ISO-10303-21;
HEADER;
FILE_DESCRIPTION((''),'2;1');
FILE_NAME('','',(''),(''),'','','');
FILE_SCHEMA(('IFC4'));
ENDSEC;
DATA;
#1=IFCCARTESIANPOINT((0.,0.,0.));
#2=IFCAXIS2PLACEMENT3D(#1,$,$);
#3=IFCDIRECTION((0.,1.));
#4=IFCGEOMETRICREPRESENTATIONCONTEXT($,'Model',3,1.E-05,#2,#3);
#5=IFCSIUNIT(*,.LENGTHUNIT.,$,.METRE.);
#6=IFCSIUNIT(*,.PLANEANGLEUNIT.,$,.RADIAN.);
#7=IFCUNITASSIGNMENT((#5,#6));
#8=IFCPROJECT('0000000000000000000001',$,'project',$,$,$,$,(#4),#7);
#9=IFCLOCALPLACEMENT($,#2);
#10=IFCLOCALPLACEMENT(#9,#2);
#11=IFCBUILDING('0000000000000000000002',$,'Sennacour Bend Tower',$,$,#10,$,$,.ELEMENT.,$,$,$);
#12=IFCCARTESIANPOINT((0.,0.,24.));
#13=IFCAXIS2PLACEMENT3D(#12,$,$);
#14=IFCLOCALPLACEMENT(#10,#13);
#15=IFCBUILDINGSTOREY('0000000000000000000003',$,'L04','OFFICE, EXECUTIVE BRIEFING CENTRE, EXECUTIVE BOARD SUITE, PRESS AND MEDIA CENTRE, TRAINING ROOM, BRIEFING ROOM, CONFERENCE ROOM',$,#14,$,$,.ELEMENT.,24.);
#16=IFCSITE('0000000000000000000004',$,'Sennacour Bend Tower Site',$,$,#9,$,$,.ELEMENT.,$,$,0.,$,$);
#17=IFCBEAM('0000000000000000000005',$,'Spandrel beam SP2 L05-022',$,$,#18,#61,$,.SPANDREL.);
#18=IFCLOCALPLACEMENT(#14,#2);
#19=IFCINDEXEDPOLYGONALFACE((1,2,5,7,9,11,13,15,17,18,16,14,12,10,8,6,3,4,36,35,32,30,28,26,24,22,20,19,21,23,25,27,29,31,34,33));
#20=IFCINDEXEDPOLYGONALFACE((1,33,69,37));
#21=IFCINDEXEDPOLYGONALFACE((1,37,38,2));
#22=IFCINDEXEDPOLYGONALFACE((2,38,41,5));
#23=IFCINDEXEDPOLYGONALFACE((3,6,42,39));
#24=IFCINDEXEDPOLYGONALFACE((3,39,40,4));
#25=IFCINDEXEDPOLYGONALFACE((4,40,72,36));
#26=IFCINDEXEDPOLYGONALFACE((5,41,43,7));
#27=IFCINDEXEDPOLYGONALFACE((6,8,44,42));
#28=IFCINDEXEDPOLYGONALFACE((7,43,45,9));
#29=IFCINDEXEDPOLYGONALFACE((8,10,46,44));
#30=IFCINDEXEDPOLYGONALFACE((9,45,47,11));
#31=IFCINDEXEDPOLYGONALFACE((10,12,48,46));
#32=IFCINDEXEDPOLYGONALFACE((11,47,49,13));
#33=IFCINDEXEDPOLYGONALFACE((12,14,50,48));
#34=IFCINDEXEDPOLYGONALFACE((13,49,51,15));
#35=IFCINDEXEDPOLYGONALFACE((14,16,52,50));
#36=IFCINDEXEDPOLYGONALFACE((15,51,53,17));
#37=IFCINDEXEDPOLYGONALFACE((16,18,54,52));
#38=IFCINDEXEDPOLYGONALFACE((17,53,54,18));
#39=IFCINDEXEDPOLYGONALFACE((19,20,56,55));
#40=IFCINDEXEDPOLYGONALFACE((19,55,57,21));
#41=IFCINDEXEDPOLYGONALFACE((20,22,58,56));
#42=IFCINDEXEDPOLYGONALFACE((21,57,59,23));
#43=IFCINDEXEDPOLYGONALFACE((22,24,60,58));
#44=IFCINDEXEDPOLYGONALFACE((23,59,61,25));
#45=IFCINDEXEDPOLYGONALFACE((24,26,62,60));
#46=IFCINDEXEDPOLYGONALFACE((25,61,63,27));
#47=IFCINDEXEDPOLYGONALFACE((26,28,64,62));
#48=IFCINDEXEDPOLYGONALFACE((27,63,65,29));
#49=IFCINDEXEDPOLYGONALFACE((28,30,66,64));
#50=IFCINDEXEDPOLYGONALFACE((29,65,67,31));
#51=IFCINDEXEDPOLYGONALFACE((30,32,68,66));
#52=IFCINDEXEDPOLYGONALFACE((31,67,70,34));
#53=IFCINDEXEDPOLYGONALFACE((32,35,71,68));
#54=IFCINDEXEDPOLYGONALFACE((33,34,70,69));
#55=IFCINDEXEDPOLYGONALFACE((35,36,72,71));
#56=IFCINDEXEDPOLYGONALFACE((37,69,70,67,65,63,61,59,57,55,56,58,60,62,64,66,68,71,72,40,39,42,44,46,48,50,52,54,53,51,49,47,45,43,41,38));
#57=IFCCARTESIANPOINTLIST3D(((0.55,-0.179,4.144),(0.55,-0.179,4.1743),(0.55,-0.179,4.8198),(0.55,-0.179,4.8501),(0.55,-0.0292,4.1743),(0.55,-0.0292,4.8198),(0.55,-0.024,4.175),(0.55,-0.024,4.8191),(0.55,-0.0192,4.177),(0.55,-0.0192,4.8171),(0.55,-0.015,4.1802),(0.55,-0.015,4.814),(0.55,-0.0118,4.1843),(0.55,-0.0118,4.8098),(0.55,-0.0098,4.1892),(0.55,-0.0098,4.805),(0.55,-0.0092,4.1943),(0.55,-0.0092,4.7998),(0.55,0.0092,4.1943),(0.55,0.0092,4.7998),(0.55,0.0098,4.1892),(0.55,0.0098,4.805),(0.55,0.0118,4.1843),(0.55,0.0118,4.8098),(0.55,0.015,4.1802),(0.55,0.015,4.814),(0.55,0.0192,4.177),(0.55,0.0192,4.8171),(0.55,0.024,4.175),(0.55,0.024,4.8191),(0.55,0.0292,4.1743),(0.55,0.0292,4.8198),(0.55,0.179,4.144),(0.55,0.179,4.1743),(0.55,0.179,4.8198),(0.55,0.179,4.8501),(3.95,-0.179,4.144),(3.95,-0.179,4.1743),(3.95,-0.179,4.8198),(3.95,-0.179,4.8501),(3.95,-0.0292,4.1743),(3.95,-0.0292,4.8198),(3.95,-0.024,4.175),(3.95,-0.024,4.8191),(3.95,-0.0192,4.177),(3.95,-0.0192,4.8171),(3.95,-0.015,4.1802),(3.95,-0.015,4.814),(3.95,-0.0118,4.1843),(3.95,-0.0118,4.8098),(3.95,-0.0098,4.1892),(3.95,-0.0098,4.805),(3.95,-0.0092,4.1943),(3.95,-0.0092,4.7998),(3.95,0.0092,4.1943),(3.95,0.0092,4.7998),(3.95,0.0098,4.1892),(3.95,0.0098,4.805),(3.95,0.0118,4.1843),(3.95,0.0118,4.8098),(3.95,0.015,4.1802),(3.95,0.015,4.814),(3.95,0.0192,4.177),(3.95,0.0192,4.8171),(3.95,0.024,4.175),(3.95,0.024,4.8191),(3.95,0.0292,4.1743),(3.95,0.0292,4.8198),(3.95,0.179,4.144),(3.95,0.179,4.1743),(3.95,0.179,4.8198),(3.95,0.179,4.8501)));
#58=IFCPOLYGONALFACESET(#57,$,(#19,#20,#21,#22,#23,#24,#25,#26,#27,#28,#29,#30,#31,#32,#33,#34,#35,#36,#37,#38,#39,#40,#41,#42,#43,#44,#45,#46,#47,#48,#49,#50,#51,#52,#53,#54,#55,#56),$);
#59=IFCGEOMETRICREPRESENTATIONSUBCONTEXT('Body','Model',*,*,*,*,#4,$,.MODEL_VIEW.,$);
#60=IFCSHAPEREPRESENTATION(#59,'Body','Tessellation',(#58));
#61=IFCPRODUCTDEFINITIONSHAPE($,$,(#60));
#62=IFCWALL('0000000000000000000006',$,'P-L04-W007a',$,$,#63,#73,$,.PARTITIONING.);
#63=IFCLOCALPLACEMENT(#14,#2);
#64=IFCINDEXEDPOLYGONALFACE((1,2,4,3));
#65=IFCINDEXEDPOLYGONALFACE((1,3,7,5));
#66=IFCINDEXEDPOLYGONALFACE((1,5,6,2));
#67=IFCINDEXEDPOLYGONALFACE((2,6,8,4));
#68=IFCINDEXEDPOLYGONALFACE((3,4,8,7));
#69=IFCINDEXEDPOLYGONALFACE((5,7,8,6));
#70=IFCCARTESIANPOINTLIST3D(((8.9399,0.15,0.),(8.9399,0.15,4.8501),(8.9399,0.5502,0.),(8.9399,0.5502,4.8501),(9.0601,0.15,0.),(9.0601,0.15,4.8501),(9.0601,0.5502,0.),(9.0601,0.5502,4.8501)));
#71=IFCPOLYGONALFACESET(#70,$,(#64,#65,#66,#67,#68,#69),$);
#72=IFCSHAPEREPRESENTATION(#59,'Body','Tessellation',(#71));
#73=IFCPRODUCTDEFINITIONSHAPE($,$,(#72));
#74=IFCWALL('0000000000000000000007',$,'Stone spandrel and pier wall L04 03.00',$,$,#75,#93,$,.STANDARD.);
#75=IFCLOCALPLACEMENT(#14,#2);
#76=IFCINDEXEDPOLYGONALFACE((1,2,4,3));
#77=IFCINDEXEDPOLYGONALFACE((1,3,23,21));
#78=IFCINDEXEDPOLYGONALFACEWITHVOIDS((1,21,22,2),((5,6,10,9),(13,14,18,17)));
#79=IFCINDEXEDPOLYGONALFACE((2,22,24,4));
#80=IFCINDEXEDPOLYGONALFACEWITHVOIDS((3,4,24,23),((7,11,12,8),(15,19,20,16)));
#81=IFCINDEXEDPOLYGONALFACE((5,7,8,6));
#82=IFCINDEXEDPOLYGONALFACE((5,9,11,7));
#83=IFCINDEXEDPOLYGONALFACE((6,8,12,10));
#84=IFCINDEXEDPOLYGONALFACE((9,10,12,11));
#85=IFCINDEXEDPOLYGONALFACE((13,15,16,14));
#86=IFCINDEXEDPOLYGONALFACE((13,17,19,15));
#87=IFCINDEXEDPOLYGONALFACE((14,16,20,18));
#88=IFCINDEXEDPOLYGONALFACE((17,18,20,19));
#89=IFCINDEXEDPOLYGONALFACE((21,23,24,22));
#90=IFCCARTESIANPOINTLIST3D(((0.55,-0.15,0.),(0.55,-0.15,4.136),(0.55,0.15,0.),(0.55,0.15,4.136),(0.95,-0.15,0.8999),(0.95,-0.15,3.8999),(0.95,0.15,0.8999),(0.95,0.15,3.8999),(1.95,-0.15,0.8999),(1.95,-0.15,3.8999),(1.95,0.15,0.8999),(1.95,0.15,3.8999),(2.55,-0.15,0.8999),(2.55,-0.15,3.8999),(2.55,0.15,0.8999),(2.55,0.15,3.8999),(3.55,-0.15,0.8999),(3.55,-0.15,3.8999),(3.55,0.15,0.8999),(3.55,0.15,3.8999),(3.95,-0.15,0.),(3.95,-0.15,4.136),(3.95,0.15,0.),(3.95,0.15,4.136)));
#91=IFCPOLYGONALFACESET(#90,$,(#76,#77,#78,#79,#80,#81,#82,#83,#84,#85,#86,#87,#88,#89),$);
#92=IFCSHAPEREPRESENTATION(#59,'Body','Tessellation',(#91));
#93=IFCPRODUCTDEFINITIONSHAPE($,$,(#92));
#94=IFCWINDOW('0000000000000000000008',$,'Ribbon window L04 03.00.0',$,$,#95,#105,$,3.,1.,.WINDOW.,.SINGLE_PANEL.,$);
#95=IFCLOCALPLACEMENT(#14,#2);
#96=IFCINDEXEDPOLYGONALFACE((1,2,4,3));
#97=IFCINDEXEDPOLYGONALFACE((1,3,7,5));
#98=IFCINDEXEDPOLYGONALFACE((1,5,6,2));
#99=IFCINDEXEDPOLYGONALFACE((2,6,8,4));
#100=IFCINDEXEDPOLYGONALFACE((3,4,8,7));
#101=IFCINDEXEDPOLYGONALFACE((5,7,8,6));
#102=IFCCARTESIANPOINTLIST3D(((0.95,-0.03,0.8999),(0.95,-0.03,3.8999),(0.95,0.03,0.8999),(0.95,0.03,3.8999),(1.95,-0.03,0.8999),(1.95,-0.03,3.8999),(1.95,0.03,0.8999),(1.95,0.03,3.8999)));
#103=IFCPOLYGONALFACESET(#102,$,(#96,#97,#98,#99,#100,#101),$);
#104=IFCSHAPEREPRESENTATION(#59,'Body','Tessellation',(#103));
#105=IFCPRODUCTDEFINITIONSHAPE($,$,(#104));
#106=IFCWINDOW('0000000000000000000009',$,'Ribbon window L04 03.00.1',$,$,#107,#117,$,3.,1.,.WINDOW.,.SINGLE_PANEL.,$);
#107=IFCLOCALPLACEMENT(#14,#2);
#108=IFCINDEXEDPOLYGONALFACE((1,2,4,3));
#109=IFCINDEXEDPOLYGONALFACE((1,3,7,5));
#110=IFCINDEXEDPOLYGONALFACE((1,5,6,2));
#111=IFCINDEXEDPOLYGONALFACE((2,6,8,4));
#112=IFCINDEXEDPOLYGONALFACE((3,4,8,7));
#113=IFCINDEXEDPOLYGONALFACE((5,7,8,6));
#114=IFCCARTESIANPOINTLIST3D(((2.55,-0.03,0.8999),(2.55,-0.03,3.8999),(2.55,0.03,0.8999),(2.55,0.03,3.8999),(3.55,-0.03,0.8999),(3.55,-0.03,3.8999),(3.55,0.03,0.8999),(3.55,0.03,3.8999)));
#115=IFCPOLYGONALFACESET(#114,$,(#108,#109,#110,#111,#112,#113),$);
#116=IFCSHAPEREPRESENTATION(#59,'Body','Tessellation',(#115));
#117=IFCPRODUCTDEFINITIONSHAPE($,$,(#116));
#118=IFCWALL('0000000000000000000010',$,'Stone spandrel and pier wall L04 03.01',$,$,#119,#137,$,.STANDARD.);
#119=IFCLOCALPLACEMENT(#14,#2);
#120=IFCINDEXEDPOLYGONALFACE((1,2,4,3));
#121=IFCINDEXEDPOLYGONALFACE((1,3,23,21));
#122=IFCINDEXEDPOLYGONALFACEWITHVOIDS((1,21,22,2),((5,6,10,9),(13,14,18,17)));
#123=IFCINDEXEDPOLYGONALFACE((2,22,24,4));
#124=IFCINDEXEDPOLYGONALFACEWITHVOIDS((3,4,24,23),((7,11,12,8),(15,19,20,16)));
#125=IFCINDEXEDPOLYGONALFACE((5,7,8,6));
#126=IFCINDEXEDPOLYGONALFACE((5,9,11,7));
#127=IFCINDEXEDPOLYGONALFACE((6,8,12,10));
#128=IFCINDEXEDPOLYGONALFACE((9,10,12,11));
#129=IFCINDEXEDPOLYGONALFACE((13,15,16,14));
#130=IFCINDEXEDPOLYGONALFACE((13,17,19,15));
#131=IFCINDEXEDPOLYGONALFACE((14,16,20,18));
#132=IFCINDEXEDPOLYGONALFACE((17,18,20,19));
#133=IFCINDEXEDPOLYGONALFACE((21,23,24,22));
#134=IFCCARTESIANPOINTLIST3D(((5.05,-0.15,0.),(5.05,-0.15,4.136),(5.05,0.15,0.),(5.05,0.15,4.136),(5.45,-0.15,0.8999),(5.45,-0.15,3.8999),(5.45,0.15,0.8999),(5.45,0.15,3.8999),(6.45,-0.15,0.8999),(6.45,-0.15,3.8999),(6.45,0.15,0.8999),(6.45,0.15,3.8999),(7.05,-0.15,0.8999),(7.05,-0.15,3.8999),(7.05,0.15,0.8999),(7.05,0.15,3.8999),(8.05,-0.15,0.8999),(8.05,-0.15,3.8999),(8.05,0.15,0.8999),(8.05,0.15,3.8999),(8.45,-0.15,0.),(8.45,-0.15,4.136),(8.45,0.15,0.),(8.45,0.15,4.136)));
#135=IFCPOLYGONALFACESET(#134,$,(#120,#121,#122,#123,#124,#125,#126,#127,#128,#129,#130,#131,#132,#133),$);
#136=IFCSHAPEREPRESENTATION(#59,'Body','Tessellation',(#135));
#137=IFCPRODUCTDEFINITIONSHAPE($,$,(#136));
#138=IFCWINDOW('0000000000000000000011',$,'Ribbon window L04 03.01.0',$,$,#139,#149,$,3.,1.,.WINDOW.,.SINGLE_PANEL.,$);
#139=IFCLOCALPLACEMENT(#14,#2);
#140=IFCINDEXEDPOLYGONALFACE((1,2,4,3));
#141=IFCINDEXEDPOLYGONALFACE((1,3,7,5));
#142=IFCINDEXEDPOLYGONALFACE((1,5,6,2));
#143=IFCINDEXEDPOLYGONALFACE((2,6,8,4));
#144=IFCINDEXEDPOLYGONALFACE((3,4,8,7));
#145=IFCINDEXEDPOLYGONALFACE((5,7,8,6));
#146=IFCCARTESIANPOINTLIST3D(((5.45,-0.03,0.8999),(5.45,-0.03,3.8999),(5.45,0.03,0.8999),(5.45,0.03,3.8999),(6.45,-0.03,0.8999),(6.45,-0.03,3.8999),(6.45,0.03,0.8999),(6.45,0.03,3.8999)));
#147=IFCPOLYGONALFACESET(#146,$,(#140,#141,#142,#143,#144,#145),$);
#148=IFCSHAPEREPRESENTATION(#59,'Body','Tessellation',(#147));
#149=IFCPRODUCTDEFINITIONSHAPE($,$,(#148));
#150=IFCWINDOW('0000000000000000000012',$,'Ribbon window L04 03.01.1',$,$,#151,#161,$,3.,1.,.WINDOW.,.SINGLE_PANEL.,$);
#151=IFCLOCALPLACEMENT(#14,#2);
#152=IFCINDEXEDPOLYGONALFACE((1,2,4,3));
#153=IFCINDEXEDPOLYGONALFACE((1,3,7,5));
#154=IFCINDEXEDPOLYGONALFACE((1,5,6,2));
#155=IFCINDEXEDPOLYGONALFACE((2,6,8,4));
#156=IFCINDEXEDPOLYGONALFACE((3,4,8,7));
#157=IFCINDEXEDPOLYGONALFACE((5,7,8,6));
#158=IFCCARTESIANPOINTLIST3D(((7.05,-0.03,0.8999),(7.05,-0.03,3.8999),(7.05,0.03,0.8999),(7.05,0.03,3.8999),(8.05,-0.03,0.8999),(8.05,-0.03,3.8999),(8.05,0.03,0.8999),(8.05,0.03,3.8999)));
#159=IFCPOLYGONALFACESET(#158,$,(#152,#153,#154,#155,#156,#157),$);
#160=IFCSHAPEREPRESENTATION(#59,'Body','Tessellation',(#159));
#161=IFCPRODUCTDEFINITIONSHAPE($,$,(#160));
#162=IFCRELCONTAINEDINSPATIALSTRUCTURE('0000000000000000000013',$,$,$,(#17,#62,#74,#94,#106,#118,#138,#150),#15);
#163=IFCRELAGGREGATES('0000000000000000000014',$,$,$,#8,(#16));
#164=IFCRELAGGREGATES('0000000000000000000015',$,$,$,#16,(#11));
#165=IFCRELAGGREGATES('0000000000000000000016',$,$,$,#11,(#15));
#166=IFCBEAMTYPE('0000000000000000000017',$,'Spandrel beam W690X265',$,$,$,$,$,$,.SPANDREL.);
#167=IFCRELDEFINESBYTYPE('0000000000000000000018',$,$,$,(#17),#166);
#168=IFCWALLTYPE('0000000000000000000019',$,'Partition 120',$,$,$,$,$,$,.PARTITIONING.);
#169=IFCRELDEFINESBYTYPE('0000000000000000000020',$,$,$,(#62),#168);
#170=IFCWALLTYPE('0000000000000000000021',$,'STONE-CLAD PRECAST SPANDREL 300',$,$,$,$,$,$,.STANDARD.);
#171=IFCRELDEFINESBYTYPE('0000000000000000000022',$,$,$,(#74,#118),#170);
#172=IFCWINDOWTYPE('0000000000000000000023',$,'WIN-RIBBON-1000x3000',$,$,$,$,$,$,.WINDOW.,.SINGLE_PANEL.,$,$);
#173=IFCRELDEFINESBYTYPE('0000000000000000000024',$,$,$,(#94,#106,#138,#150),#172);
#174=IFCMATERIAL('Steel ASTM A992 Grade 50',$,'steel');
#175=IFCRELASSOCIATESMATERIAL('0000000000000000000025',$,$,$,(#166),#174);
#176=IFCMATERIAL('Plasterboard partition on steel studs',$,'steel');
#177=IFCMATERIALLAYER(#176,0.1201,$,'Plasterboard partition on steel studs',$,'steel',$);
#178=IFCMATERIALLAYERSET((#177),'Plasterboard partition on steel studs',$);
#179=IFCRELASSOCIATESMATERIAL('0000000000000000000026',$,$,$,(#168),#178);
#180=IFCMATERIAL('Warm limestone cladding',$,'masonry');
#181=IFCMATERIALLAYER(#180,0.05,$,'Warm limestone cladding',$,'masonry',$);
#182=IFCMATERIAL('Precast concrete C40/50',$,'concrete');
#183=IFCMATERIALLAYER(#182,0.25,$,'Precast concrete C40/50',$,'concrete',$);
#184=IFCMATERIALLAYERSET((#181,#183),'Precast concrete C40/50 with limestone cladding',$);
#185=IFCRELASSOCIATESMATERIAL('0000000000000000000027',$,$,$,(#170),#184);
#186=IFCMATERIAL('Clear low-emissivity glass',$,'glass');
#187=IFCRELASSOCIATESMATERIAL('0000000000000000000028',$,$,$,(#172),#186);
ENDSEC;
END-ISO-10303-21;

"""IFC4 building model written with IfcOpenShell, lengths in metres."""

from ifc_helpers import new_model, si_unit, direction, frame, frame_2d, origin, origin_2d, place, context, subcontext, project, spatial, rectangle, i_section, extrude, material, layer, layer_set, material_profile, profile_set, type_object, element, fill, save


model = new_model("IFC4")

# Units and contexts
model_context = context("Model", 3, precision=1e-05, world=origin(), true_north=direction((0.0, 1.0)))
body_context = subcontext(model_context, "Body", "Model", "MODEL_VIEW")
ifc_project = project(units=[si_unit("LENGTHUNIT", "METRE"), si_unit("PLANEANGLEUNIT", "RADIAN")], contexts=[model_context])

# Site, building, storey
site_placement = place(None, origin())
site = spatial("IfcSite", under=ifc_project, at=site_placement, Name="Sennacour Bend Tower Site", CompositionType="ELEMENT", RefElevation=0.0)
building_placement = place(site_placement, origin())
building = spatial("IfcBuilding", under=site, at=building_placement, Name="Sennacour Bend Tower", CompositionType="ELEMENT")
storey_placement = place(building_placement, frame((0.0, 0.0, 24.0)))
storey = spatial("IfcBuildingStorey", under=building, at=storey_placement, Name="L04", Description="OFFICE, EXECUTIVE BRIEFING CENTRE, EXECUTIVE BOARD SUITE, PRESS AND MEDIA CENTRE, TRAINING ROOM, BRIEFING ROOM, CONFERENCE ROOM", CompositionType="ELEMENT", Elevation=24.0)

# Beam
ifc_material_1 = material(Name="Steel ASTM A992 Grade 50", Category="steel")
ifc_material_profile_1 = material_profile(ifc_material_1, i_section(OverallWidth=0.3579, OverallDepth=0.7061, WebThickness=0.0183, FlangeThickness=0.0303, FilletRadius=0.02, at=origin_2d()), Name="Steel ASTM A992 Grade 50", Category="steel")
ifc_profile_set_1 = profile_set([ifc_material_profile_1], Name="Steel ASTM A992 Grade 50")
beam_type_1 = type_object("IfcBeamType", Name="Spandrel beam W690X265", PredefinedType="SPANDREL", material=ifc_profile_set_1)
for number, where, z_axis, x_axis, name in (
    (1, (3.95, 0.0, 4.4971), (-1.0, 0.0, 0.0), (0.0, -1.0, 0.0), "Spandrel beam SP2 L05-022"),
):
    element("IfcBeam", number, at=place(storey_placement, frame(where, z_axis=z_axis, x_axis=x_axis)), inside=storey, type_object=beam_type_1, Name=name, PredefinedType="SPANDREL", context=body_context, shape_type="SweptSolid", body=[
        extrude(i_section(OverallWidth=0.3579, OverallDepth=0.7061, WebThickness=0.0183, FlangeThickness=0.0303, FilletRadius=0.02, at=origin_2d()), origin(), (0.0, 0.0, 1.0), 3.3999),
    ])

# Wall
ifc_material_2 = material(Name="Plasterboard partition on steel studs", Category="steel")
ifc_layer_1 = layer(ifc_material_2, 0.1201, Name="Plasterboard partition on steel studs", Category="steel")
ifc_layer_set_1 = layer_set([ifc_layer_1], Name="Plasterboard partition on steel studs")
wall_type_1 = type_object("IfcWallType", Name="Partition 120", PredefinedType="PARTITIONING", material=ifc_layer_set_1)
wall_1_placement = place(storey_placement, frame((9.0, 0.1499, 0.0), z_axis=(0.0, 0.0, 1.0), x_axis=(0.0, 1.0, 0.0)))
element("IfcWall", 2, at=wall_1_placement, inside=storey, type_object=wall_type_1, Name="P-L04-W007a", PredefinedType="PARTITIONING", context=body_context, shape_type="SweptSolid", body=[
    extrude(rectangle(XDim=0.4001, YDim=0.1201, at=frame_2d((0.2002, 0.0))), origin(), (0.0, 0.0, 1.0), 4.8501),
])

# Walls, openings, windows
ifc_material_3 = material(Name="Warm limestone cladding", Category="masonry")
ifc_layer_2 = layer(ifc_material_3, 0.05, Name="Warm limestone cladding", Category="masonry")
ifc_material_4 = material(Name="Precast concrete C40/50", Category="concrete")
ifc_layer_3 = layer(ifc_material_4, 0.25, Name="Precast concrete C40/50", Category="concrete")
ifc_layer_set_2 = layer_set([ifc_layer_2, ifc_layer_3], Name="Precast concrete C40/50 with limestone cladding")
wall_type_2 = type_object("IfcWallType", Name="STONE-CLAD PRECAST SPANDREL 300", PredefinedType="STANDARD", material=ifc_layer_set_2)
wall_2_placement = place(storey_placement, frame((0.55, 0.0, 0.0), z_axis=(0.0, 0.0, 1.0), x_axis=(1.0, 0.0, 0.0)))
wall_2 = element("IfcWall", 3, at=wall_2_placement, inside=storey, type_object=wall_type_2, Name="Stone spandrel and pier wall L04 03.00", PredefinedType="STANDARD", context=body_context, shape_type="SweptSolid", body=[
    extrude(rectangle(XDim=3.3999, YDim=0.3, at=frame_2d((1.7, 0.0))), origin(), (0.0, 0.0, 1.0), 4.136),
])
opening_1_placement = place(wall_2_placement, frame((0.3999, 0.0, 0.8999)))
opening_1 = element("IfcOpeningElement", 4, at=opening_1_placement, cuts=wall_2, PredefinedType="OPENING", context=body_context, shape_type="SweptSolid", body=[
    extrude(rectangle(XDim=1.0, YDim=3.0, at=frame_2d((0.5, 1.5))), frame((0.0, 0.1602, 0.0), z_axis=(0.0, -1.0, 0.0), x_axis=(1.0, 0.0, 0.0)), (0.0, 0.0, 1.0), 0.3201),
])
opening_2_placement = place(wall_2_placement, frame((2.0, 0.0, 0.8999)))
opening_2 = element("IfcOpeningElement", 5, at=opening_2_placement, cuts=wall_2, PredefinedType="OPENING", context=body_context, shape_type="SweptSolid", body=[
    extrude(rectangle(XDim=1.0, YDim=3.0, at=frame_2d((0.5, 1.5))), frame((0.0, 0.1602, 0.0), z_axis=(0.0, -1.0, 0.0), x_axis=(1.0, 0.0, 0.0)), (0.0, 0.0, 1.0), 0.3201),
])
ifc_material_5 = material(Name="Clear low-emissivity glass", Category="glass")
window_type = type_object("IfcWindowType", Name="WIN-RIBBON-1000x3000", PartitioningType="SINGLE_PANEL", PredefinedType="WINDOW", material=ifc_material_5)
window_1_placement = place(opening_1_placement, origin())
window_1 = element("IfcWindow", 6, at=window_1_placement, inside=storey, type_object=window_type, Name="Ribbon window L04 03.00.0", OverallHeight=3.0, OverallWidth=1.0, PartitioningType="SINGLE_PANEL", PredefinedType="WINDOW", context=body_context, shape_type="SweptSolid", body=[
    extrude(rectangle(XDim=1.0, YDim=3.0, at=frame_2d((0.5, 1.5))), frame((0.0, 0.03, 0.0), z_axis=(0.0, -1.0, 0.0), x_axis=(1.0, 0.0, 0.0)), (0.0, 0.0, 1.0), 0.0601),
])
fill(opening_1, window_1)
window_2_placement = place(opening_2_placement, origin())
window_2 = element("IfcWindow", 7, at=window_2_placement, inside=storey, type_object=window_type, Name="Ribbon window L04 03.00.1", OverallHeight=3.0, OverallWidth=1.0, PartitioningType="SINGLE_PANEL", PredefinedType="WINDOW", context=body_context, shape_type="SweptSolid", body=[
    extrude(rectangle(XDim=1.0, YDim=3.0, at=frame_2d((0.5, 1.5))), frame((0.0, 0.03, 0.0), z_axis=(0.0, -1.0, 0.0), x_axis=(1.0, 0.0, 0.0)), (0.0, 0.0, 1.0), 0.0601),
])
fill(opening_2, window_2)
wall_3_placement = place(storey_placement, frame((5.05, 0.0, 0.0), z_axis=(0.0, 0.0, 1.0), x_axis=(1.0, 0.0, 0.0)))
wall_3 = element("IfcWall", 8, at=wall_3_placement, inside=storey, type_object=wall_type_2, Name="Stone spandrel and pier wall L04 03.01", PredefinedType="STANDARD", context=body_context, shape_type="SweptSolid", body=[
    extrude(rectangle(XDim=3.3999, YDim=0.3, at=frame_2d((1.7, 0.0))), origin(), (0.0, 0.0, 1.0), 4.136),
])
opening_3_placement = place(wall_3_placement, frame((0.3999, 0.0, 0.8999)))
opening_3 = element("IfcOpeningElement", 9, at=opening_3_placement, cuts=wall_3, PredefinedType="OPENING", context=body_context, shape_type="SweptSolid", body=[
    extrude(rectangle(XDim=1.0, YDim=3.0, at=frame_2d((0.5, 1.5))), frame((0.0, 0.1602, 0.0), z_axis=(0.0, -1.0, 0.0), x_axis=(1.0, 0.0, 0.0)), (0.0, 0.0, 1.0), 0.3201),
])
opening_4_placement = place(wall_3_placement, frame((2.0, 0.0, 0.8999)))
opening_4 = element("IfcOpeningElement", 10, at=opening_4_placement, cuts=wall_3, PredefinedType="OPENING", context=body_context, shape_type="SweptSolid", body=[
    extrude(rectangle(XDim=1.0, YDim=3.0, at=frame_2d((0.5, 1.5))), frame((0.0, 0.1602, 0.0), z_axis=(0.0, -1.0, 0.0), x_axis=(1.0, 0.0, 0.0)), (0.0, 0.0, 1.0), 0.3201),
])
window_3_placement = place(opening_3_placement, origin())
window_3 = element("IfcWindow", 11, at=window_3_placement, inside=storey, type_object=window_type, Name="Ribbon window L04 03.01.0", OverallHeight=3.0, OverallWidth=1.0, PartitioningType="SINGLE_PANEL", PredefinedType="WINDOW", context=body_context, shape_type="SweptSolid", body=[
    extrude(rectangle(XDim=1.0, YDim=3.0, at=frame_2d((0.5, 1.5))), frame((0.0, 0.03, 0.0), z_axis=(0.0, -1.0, 0.0), x_axis=(1.0, 0.0, 0.0)), (0.0, 0.0, 1.0), 0.0601),
])
fill(opening_3, window_3)
window_4_placement = place(opening_4_placement, origin())
window_4 = element("IfcWindow", 12, at=window_4_placement, inside=storey, type_object=window_type, Name="Ribbon window L04 03.01.1", OverallHeight=3.0, OverallWidth=1.0, PartitioningType="SINGLE_PANEL", PredefinedType="WINDOW", context=body_context, shape_type="SweptSolid", body=[
    extrude(rectangle(XDim=1.0, YDim=3.0, at=frame_2d((0.5, 1.5))), frame((0.0, 0.03, 0.0), z_axis=(0.0, -1.0, 0.0), x_axis=(1.0, 0.0, 0.0)), (0.0, 0.0, 1.0), 0.0601),
])
fill(opening_4, window_4)

save(model, "model.ifc")
